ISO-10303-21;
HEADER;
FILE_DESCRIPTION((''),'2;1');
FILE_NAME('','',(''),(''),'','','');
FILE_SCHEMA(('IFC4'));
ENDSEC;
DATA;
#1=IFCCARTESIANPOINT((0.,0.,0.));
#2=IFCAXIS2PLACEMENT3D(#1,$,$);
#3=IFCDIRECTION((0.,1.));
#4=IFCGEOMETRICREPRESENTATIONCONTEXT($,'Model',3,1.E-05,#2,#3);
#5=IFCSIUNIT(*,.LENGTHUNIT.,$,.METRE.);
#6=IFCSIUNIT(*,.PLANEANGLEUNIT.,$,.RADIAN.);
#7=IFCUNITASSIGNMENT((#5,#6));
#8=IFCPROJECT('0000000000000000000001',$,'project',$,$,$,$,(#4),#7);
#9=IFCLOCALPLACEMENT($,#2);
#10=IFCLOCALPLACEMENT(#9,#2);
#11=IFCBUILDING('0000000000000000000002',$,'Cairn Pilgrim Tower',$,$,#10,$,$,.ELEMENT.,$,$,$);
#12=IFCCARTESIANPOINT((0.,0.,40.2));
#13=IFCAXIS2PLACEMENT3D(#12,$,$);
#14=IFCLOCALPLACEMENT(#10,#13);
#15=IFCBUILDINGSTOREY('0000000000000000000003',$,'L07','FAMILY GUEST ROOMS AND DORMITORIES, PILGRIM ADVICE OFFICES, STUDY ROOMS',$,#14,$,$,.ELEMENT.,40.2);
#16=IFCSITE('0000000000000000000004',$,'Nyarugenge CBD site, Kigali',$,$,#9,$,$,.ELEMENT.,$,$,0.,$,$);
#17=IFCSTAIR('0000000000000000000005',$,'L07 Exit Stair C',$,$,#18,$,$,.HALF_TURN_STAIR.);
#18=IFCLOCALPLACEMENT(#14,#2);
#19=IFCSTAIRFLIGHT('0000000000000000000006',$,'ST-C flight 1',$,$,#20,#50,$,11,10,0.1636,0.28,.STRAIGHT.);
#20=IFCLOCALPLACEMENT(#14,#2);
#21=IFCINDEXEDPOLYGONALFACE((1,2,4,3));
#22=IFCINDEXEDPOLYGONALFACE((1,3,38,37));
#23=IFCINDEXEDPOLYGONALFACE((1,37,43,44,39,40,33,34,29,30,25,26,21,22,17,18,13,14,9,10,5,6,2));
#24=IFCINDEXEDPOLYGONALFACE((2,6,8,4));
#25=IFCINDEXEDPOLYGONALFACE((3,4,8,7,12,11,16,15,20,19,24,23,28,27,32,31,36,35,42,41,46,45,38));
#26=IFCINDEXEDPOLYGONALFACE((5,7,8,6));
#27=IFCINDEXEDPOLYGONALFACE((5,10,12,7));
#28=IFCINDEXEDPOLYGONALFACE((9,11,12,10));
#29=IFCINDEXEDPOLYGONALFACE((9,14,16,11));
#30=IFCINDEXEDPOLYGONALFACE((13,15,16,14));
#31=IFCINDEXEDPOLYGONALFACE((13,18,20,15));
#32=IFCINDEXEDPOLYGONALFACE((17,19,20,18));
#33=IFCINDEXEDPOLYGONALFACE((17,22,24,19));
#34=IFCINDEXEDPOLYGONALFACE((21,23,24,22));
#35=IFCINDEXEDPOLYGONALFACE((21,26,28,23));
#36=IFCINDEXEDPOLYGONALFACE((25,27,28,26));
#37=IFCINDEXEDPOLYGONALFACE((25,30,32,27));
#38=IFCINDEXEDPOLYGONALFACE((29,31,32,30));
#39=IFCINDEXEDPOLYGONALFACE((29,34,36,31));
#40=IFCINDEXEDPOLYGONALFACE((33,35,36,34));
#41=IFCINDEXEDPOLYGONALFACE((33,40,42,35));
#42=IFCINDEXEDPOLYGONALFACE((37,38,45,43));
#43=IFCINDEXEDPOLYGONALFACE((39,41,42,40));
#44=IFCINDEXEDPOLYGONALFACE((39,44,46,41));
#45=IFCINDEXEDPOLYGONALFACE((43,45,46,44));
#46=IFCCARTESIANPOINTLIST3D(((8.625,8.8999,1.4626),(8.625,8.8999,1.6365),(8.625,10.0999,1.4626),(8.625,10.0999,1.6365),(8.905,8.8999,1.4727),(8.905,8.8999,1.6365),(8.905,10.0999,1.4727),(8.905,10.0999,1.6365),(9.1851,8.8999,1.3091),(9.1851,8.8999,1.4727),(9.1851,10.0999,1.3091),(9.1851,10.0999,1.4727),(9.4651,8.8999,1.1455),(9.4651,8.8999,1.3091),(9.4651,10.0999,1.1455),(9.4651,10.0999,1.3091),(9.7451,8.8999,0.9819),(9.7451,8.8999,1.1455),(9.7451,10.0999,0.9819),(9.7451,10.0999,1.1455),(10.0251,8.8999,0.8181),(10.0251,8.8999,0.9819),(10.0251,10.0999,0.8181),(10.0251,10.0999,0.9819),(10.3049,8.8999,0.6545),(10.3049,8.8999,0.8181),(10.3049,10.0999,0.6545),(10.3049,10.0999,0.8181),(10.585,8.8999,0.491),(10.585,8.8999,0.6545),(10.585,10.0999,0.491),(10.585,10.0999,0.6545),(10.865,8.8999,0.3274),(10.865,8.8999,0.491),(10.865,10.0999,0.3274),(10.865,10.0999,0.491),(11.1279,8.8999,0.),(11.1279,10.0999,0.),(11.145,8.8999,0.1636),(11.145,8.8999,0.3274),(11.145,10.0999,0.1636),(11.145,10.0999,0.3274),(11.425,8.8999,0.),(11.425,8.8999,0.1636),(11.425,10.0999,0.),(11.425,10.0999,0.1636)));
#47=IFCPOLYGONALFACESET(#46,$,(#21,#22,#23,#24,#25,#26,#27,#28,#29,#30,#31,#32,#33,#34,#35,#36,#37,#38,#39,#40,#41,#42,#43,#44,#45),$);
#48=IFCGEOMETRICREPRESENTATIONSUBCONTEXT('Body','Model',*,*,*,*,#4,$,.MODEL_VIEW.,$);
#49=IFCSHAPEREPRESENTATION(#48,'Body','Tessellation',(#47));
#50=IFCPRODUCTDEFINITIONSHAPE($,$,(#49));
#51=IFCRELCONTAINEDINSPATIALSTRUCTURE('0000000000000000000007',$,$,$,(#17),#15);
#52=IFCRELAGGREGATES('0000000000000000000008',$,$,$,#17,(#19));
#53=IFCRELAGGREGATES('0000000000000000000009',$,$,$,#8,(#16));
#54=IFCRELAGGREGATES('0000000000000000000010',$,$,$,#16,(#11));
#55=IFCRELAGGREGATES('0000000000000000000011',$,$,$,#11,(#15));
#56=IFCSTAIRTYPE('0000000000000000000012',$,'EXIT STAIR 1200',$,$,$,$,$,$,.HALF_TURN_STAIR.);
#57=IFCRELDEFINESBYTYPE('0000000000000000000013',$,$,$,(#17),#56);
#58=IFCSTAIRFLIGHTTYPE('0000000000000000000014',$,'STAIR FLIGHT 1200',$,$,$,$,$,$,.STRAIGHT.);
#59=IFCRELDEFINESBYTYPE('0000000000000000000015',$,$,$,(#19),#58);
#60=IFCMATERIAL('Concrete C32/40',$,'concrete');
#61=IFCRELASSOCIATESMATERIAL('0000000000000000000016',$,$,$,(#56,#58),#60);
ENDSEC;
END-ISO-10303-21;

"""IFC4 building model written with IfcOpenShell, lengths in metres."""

from ifc_helpers import new_model, si_unit, direction, frame, origin, place, context, subcontext, project, spatial, polyline, outline, extrude, material, type_object, element, aggregate, save


model = new_model("IFC4")

# Units and contexts
model_context = context("Model", 3, precision=1e-05, world=origin(), true_north=direction((0.0, 1.0)))
body_context = subcontext(model_context, "Body", "Model", "MODEL_VIEW")
ifc_project = project(units=[si_unit("LENGTHUNIT", "METRE"), si_unit("PLANEANGLEUNIT", "RADIAN")], contexts=[model_context])

# Site, building, storey
site_placement = place(None, origin())
site = spatial("IfcSite", under=ifc_project, at=site_placement, Name="Nyarugenge CBD site, Kigali", CompositionType="ELEMENT", RefElevation=0.0)
building_placement = place(site_placement, origin())
building = spatial("IfcBuilding", under=site, at=building_placement, Name="Cairn Pilgrim Tower", CompositionType="ELEMENT")
storey_placement = place(building_placement, frame((0.0, 0.0, 40.2)))
storey = spatial("IfcBuildingStorey", under=building, at=storey_placement, Name="L07", Description="FAMILY GUEST ROOMS AND DORMITORIES, PILGRIM ADVICE OFFICES, STUDY ROOMS", CompositionType="ELEMENT", Elevation=40.2)

# Shared definitions
ifc_material_1 = material(Name="Concrete C32/40", Category="concrete")

# Stair, stair flight
stair_type = type_object("IfcStairType", Name="EXIT STAIR 1200", PredefinedType="HALF_TURN_STAIR", material=ifc_material_1)
stair_placement = place(storey_placement, origin())
stair = element("IfcStair", 1, at=stair_placement, inside=storey, type_object=stair_type, Name="L07 Exit Stair C", PredefinedType="HALF_TURN_STAIR")
stair_flight_type = type_object("IfcStairFlightType", Name="STAIR FLIGHT 1200", PredefinedType="STRAIGHT", material=ifc_material_1)
stair_flight_placement = place(storey_placement, frame((11.425, 9.5, 0.0), z_axis=(0.0, 0.0, 1.0), x_axis=(-1.0, 0.0, 0.0)))
stair_flight = element("IfcStairFlight", 2, at=stair_flight_placement, type_object=stair_flight_type, Name="ST-C flight 1", NumberOfRisers=11, NumberOfTreads=10, PredefinedType="STRAIGHT", RiserHeight=0.1636, TreadLength=0.28, context=body_context, shape_type="SweptSolid", body=[
    extrude(outline(polyline([(0.0, 0.0), (0.0, 0.1636), (0.28, 0.1636), (0.28, 0.3274), (0.5601, 0.3274), (0.5601, 0.491), (0.8401, 0.491), (0.8401, 0.6545), (1.1201, 0.6545), (1.1201, 0.8181), (1.3999, 0.8181), (1.3999, 0.9819), (1.6799, 0.9819), (1.6799, 1.1455), (1.96, 1.1455), (1.96, 1.3091), (2.24, 1.3091), (2.24, 1.4727), (2.52, 1.4727), (2.52, 1.6365), (2.8, 1.6365), (2.8, 1.8), (2.8, 1.4626), (0.2971, 0.0), (0.0, 0.0)])), frame((0.0, 0.6001, 0.0), z_axis=(0.0, -1.0, 0.0), x_axis=(1.0, 0.0, 0.0)), (0.0, 0.0, 1.0), 1.2),
])
aggregate(stair, [stair_flight])

save(model, "model.ifc")
